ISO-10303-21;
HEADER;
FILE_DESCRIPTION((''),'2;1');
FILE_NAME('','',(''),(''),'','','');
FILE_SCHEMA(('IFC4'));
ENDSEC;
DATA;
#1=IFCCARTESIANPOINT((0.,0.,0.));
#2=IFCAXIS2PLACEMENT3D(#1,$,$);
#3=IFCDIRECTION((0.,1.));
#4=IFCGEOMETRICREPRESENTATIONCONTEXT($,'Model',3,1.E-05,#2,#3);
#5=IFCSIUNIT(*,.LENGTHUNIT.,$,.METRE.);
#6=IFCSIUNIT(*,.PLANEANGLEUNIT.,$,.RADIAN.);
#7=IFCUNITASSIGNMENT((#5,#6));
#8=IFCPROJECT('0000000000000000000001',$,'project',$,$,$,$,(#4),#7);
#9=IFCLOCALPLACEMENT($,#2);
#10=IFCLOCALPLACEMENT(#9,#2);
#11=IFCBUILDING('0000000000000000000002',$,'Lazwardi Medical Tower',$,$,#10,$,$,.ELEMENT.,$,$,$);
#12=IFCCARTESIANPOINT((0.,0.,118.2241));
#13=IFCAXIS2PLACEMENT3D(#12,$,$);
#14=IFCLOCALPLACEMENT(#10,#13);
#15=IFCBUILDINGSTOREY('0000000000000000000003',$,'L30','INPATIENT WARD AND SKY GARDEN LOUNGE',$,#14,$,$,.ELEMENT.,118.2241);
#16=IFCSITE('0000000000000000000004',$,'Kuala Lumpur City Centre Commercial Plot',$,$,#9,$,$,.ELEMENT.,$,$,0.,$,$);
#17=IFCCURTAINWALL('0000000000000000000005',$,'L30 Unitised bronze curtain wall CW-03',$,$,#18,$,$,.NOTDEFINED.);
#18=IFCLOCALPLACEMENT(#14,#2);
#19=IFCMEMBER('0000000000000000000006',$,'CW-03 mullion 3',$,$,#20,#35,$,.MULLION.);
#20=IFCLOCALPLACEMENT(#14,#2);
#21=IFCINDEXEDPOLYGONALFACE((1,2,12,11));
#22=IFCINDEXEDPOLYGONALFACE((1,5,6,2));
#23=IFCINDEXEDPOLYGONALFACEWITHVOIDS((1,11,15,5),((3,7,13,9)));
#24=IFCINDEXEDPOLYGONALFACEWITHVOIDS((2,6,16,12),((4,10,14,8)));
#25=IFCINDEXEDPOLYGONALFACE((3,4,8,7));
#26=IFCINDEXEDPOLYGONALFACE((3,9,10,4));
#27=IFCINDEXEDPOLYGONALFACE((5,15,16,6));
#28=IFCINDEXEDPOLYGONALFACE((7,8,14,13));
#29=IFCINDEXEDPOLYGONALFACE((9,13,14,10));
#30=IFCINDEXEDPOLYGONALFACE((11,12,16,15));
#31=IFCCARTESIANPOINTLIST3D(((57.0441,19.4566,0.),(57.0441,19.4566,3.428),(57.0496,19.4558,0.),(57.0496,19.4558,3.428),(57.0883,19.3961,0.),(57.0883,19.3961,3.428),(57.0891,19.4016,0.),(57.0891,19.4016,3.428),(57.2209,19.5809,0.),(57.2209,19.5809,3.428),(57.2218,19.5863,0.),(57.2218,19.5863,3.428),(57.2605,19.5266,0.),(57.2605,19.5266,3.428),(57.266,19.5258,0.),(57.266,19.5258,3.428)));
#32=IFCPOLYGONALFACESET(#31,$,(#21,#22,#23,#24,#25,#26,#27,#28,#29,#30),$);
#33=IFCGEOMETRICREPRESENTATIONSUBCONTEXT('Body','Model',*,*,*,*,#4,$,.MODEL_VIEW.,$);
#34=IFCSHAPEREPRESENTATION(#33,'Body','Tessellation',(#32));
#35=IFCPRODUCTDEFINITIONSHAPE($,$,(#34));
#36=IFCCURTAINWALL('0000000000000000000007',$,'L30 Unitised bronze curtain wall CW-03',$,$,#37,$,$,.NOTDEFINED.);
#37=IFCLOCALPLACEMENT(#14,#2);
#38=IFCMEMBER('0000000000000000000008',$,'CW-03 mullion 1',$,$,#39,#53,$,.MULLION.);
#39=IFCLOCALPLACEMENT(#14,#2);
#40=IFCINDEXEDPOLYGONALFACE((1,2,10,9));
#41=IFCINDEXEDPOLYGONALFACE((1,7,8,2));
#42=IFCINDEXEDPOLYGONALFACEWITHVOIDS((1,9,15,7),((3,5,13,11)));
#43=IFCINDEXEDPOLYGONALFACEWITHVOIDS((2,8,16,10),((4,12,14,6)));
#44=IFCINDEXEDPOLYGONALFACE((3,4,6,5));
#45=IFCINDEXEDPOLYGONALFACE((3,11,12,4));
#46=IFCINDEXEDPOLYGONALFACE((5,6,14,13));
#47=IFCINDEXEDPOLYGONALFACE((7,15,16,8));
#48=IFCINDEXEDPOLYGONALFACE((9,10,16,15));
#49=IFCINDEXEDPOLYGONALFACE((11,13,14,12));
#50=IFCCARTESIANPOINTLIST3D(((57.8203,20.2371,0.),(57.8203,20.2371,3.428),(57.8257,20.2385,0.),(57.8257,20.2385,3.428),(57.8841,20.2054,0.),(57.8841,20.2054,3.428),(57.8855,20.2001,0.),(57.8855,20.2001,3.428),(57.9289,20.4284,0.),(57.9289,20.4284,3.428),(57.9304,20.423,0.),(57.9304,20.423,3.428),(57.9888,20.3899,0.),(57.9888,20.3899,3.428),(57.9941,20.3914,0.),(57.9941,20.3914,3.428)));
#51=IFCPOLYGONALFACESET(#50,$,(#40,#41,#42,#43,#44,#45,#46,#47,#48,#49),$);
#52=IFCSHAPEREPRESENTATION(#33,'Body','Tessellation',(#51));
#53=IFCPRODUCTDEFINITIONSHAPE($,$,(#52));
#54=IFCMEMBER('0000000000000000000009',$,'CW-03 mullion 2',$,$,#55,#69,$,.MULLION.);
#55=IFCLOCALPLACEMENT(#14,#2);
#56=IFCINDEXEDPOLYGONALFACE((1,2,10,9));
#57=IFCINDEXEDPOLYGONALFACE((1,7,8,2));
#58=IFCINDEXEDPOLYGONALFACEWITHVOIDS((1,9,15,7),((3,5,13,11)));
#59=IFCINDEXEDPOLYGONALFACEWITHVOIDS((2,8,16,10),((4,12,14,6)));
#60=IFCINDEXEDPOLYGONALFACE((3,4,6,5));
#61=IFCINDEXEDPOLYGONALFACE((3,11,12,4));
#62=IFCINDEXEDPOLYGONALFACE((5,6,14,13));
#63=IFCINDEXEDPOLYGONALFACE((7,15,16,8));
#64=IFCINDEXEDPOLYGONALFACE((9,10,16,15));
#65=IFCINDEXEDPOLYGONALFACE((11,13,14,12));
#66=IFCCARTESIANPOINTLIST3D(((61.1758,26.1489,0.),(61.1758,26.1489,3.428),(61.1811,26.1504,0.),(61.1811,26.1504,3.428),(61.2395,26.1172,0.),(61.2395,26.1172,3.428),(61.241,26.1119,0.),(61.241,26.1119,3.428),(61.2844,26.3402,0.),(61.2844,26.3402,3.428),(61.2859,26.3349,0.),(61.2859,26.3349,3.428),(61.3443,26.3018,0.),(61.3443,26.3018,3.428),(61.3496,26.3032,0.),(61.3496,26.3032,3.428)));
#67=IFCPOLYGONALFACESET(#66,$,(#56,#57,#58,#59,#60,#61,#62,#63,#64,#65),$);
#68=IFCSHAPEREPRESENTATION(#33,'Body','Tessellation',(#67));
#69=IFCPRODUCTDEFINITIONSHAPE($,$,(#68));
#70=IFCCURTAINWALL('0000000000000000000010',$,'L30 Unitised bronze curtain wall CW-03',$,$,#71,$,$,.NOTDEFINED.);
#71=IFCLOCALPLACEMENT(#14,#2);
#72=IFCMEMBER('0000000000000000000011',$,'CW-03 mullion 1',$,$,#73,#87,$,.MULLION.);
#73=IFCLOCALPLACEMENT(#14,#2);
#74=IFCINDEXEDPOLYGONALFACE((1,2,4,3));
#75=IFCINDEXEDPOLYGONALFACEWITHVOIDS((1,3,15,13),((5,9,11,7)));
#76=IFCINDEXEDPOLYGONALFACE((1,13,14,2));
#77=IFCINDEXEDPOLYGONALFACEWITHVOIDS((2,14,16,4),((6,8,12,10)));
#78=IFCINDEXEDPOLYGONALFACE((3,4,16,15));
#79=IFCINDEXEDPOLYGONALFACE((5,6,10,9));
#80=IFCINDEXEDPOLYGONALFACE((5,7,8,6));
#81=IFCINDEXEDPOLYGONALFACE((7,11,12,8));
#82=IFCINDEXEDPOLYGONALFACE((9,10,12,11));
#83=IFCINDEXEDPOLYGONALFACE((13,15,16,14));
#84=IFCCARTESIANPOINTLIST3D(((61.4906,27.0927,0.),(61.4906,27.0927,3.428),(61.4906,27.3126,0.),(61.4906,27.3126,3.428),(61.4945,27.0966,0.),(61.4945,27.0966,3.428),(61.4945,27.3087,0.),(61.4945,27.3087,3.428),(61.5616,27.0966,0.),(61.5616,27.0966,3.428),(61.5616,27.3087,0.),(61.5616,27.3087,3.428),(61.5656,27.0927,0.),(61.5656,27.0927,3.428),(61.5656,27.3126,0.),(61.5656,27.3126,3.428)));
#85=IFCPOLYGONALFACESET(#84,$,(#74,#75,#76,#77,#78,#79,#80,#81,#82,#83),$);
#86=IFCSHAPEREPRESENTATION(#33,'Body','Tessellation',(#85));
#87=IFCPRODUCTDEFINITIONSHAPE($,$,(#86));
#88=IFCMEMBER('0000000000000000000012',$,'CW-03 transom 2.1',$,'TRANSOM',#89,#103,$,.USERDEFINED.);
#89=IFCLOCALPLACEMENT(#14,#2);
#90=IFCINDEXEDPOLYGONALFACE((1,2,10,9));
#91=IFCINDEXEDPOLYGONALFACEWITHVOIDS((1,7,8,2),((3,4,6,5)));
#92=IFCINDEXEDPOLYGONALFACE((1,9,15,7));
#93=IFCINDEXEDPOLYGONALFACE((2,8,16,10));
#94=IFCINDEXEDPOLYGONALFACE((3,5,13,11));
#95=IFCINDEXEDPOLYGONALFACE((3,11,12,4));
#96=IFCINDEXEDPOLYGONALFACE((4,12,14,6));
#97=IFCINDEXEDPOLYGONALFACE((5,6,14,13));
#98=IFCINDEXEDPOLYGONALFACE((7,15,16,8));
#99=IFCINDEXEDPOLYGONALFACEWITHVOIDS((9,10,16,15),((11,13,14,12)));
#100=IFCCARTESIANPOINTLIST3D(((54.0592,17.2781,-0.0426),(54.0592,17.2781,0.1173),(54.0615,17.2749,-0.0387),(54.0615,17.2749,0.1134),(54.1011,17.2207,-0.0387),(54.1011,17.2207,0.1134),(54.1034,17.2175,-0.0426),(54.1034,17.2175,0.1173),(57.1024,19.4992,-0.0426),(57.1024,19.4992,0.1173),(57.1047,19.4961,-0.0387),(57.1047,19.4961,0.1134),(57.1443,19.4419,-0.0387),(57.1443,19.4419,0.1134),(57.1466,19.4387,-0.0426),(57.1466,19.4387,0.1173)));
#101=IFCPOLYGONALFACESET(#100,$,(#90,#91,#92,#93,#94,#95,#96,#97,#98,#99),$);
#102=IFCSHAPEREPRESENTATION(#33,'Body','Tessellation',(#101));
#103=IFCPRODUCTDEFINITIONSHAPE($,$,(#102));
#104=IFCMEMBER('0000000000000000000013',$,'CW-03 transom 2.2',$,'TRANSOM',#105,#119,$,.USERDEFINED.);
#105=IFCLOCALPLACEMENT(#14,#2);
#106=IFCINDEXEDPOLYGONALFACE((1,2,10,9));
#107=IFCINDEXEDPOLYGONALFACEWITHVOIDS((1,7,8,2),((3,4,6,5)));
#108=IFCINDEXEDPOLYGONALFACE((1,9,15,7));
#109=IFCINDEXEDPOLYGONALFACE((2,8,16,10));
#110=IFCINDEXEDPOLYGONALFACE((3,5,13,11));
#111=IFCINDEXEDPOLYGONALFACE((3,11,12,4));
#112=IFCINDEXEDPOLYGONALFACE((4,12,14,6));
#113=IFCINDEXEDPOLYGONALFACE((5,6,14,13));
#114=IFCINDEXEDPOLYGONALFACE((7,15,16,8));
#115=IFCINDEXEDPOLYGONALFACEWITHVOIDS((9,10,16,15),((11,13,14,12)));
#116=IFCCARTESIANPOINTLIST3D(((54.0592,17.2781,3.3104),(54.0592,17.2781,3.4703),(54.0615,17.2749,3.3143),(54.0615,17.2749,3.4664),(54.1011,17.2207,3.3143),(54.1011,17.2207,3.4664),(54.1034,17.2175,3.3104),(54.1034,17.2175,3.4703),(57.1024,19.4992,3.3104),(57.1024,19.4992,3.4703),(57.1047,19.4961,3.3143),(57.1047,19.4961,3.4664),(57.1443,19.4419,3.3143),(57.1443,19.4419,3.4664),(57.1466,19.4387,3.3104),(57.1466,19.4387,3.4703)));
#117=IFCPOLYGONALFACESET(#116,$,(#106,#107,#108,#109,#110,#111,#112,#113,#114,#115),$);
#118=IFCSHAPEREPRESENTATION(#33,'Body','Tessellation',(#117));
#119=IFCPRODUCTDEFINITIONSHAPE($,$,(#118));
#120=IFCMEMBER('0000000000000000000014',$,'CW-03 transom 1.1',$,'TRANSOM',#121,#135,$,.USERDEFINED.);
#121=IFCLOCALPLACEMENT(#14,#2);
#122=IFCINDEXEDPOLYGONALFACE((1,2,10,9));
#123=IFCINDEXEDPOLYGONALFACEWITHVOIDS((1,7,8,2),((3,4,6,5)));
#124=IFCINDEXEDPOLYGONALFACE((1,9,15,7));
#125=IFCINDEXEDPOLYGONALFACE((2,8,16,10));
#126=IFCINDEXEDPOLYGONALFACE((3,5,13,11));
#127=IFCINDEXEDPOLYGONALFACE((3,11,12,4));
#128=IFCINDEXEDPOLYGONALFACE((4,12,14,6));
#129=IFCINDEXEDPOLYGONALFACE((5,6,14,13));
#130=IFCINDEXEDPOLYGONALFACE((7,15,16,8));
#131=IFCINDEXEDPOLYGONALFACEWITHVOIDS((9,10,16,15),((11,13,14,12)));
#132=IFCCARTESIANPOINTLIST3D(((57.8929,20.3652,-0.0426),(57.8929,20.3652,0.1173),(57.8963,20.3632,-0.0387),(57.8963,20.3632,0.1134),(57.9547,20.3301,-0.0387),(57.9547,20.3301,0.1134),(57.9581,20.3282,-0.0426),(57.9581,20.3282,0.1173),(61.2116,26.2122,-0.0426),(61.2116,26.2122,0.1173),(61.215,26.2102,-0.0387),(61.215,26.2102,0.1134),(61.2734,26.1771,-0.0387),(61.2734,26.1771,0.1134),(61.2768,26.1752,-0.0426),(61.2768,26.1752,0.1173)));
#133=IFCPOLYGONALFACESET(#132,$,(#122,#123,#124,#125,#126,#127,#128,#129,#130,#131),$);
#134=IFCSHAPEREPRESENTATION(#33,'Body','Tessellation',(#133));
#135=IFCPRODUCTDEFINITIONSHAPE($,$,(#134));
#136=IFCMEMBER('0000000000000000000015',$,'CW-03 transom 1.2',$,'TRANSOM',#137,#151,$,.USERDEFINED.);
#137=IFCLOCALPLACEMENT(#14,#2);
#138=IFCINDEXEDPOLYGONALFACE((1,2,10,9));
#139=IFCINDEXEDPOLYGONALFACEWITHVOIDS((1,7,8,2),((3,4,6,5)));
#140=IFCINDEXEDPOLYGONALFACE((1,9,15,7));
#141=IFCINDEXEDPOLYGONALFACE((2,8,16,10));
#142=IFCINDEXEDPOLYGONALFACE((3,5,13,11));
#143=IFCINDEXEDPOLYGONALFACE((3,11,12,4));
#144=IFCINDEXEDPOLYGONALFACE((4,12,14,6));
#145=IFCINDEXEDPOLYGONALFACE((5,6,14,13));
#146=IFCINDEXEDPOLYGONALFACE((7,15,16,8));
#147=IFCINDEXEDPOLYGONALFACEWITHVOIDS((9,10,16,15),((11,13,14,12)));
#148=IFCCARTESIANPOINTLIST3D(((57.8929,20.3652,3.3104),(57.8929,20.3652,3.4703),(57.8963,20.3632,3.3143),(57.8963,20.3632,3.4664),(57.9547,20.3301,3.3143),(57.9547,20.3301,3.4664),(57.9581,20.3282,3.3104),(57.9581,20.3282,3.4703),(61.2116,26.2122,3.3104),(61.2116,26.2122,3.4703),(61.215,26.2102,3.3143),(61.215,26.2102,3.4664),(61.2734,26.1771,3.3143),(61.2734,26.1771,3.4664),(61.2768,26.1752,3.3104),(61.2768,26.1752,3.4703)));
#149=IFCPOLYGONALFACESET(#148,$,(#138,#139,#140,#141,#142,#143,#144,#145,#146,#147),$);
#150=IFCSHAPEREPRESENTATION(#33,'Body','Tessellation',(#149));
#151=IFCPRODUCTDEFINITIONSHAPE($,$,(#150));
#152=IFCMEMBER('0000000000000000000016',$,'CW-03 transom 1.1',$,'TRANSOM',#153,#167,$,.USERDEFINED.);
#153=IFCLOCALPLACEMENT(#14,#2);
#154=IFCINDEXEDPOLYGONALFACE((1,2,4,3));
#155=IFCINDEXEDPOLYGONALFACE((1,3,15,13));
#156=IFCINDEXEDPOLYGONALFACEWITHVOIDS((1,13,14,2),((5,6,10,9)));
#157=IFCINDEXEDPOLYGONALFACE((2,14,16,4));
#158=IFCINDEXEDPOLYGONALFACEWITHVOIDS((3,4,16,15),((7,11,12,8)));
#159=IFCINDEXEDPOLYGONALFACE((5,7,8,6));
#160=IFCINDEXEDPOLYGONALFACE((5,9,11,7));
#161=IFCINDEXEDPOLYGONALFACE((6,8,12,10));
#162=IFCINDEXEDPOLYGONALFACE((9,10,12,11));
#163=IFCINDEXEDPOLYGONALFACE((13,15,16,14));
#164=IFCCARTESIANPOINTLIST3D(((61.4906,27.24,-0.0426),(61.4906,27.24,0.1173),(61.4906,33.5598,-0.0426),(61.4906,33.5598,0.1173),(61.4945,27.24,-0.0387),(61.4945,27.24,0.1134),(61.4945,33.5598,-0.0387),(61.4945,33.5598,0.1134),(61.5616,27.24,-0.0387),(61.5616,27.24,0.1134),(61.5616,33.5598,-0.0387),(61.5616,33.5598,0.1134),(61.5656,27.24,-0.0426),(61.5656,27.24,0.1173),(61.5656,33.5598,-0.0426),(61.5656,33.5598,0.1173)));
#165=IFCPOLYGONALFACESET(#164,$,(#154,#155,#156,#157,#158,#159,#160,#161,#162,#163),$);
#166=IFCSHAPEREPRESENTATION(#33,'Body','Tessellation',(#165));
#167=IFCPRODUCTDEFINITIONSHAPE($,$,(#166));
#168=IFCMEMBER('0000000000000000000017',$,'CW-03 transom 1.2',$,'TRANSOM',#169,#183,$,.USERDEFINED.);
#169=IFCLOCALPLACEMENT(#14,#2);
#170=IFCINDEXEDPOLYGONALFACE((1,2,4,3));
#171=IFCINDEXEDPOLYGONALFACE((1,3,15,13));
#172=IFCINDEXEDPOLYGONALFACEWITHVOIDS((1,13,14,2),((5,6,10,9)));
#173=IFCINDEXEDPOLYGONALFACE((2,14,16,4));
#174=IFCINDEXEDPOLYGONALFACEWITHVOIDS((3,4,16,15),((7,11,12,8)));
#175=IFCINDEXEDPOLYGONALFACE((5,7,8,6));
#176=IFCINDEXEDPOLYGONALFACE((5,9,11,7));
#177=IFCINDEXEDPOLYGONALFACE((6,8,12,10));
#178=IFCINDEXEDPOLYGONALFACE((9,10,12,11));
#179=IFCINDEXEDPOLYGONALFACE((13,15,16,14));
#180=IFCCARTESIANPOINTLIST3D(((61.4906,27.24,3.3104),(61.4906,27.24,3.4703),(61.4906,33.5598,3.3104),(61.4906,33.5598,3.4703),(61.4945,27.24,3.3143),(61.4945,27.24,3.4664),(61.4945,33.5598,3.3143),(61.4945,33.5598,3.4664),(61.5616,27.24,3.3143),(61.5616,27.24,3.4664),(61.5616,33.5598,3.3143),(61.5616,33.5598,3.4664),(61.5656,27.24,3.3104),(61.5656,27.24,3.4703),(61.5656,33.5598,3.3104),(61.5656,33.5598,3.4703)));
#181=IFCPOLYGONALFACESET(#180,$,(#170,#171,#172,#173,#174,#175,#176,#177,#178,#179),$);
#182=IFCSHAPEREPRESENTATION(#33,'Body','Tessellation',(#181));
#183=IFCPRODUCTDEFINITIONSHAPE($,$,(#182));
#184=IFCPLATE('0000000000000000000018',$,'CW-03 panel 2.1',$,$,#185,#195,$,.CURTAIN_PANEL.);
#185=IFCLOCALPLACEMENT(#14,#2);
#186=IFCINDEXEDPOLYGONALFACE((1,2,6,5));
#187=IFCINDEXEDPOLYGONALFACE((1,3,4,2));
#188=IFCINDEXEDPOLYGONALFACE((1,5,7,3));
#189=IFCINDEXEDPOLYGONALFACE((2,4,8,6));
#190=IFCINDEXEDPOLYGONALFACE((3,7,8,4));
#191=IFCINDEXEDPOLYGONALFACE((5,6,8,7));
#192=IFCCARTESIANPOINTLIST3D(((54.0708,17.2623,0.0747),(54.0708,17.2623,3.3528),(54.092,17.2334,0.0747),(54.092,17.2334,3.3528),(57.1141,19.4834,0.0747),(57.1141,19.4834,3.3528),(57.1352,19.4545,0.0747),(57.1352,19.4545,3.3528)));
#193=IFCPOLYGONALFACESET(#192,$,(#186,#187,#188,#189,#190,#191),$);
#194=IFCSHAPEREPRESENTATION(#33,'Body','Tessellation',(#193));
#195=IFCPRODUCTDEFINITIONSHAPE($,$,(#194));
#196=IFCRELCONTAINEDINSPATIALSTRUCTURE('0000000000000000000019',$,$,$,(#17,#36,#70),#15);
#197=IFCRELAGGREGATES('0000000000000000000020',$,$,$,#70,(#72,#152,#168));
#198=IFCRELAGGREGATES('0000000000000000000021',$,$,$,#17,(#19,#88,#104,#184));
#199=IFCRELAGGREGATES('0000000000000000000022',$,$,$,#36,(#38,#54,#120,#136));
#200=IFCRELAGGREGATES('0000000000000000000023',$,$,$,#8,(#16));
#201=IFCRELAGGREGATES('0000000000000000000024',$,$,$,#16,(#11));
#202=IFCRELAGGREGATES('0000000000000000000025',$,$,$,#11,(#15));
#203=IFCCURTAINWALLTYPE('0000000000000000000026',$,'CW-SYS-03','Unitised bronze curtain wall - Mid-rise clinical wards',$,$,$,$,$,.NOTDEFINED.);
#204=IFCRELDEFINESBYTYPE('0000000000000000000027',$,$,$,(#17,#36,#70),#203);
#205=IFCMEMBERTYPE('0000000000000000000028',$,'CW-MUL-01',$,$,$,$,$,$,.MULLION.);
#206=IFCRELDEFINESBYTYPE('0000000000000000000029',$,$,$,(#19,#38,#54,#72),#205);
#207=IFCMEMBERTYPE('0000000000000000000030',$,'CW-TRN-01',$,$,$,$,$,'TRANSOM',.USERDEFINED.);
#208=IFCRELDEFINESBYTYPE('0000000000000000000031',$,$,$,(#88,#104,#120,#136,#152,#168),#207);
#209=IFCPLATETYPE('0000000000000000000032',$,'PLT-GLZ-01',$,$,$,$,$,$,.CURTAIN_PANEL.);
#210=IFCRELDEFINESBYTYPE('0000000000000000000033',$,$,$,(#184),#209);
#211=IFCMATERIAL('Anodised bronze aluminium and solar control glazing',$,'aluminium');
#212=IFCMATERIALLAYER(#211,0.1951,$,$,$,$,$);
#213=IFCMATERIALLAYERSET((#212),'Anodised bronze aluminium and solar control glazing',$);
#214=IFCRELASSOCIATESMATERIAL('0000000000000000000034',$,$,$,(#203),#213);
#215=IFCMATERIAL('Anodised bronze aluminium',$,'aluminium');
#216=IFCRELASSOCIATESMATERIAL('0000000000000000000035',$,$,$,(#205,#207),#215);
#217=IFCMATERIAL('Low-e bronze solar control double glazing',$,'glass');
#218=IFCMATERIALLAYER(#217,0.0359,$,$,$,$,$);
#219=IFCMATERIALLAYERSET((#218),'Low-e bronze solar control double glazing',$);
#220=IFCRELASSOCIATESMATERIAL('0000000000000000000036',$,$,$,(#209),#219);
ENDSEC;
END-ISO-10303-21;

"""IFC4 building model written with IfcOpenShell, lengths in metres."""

from ifc_helpers import new_model, si_unit, direction, frame, origin, origin_2d, place, context, subcontext, project, spatial, rectangle, hollow_rectangle, extrude, material, layer, layer_set, material_profile, profile_set, type_object, element, aggregate, save


model = new_model("IFC4")

# Units and contexts
model_context = context("Model", 3, precision=1e-05, world=origin(), true_north=direction((0.0, 1.0)))
body_context = subcontext(model_context, "Body", "Model", "MODEL_VIEW")
ifc_project = project(units=[si_unit("LENGTHUNIT", "METRE"), si_unit("PLANEANGLEUNIT", "RADIAN")], contexts=[model_context])

# Site, building, storey
site_placement = place(None, origin())
site = spatial("IfcSite", under=ifc_project, at=site_placement, Name="Kuala Lumpur City Centre Commercial Plot", CompositionType="ELEMENT", RefElevation=0.0)
building_placement = place(site_placement, origin())
building = spatial("IfcBuilding", under=site, at=building_placement, Name="Lazwardi Medical Tower", CompositionType="ELEMENT")
storey_placement = place(building_placement, frame((0.0, 0.0, 118.2241)))
storey = spatial("IfcBuildingStorey", under=building, at=storey_placement, Name="L30", Description="INPATIENT WARD AND SKY GARDEN LOUNGE", CompositionType="ELEMENT", Elevation=118.2241)

# Curtain wall, member
ifc_material_1 = material(Name="Anodised bronze aluminium and solar control glazing", Category="aluminium")
ifc_layer_1 = layer(ifc_material_1, 0.1951)
ifc_layer_set_1 = layer_set([ifc_layer_1], Name="Anodised bronze aluminium and solar control glazing")
curtain_wall_type = type_object("IfcCurtainWallType", Name="CW-SYS-03", Description="Unitised bronze curtain wall - Mid-rise clinical wards", PredefinedType="NOTDEFINED", material=ifc_layer_set_1)
curtain_wall_1_placement = place(storey_placement, origin())
curtain_wall_1 = element("IfcCurtainWall", 1, at=curtain_wall_1_placement, inside=storey, type_object=curtain_wall_type, Name="L30 Unitised bronze curtain wall CW-03", PredefinedType="NOTDEFINED")
ifc_material_2 = material(Name="Anodised bronze aluminium", Category="aluminium")
ifc_material_profile_1 = material_profile(ifc_material_2, hollow_rectangle(XDim=0.075, YDim=0.22, WallThickness=0.0039, at=origin_2d()), Name="ALU-MULLION 220x75x4")
ifc_profile_set_1 = profile_set([ifc_material_profile_1], Name="Anodised bronze aluminium")
member_type_1 = type_object("IfcMemberType", Name="CW-MUL-01", PredefinedType="MULLION", material=ifc_profile_set_1)
member_1_placement = place(storey_placement, frame((57.155, 19.4912, 0.0), z_axis=(0.0, 0.0, 1.0), x_axis=(-0.589531, 0.807746, 0.0)))
member_1 = element("IfcMember", 2, at=member_1_placement, type_object=member_type_1, Name="CW-03 mullion 3", PredefinedType="MULLION", context=body_context, shape_type="SweptSolid", body=[
    extrude(hollow_rectangle(XDim=0.075, YDim=0.22, WallThickness=0.0039, at=origin_2d()), origin(), (0.0, 0.0, 1.0), 3.428),
])

# Curtain wall, members
curtain_wall_2_placement = place(storey_placement, origin())
curtain_wall_2 = element("IfcCurtainWall", 3, at=curtain_wall_2_placement, inside=storey, type_object=curtain_wall_type, Name="L30 Unitised bronze curtain wall CW-03", PredefinedType="NOTDEFINED")
member_2_placement = place(storey_placement, frame((57.9072, 20.3142, 0.0), z_axis=(0.0, 0.0, 1.0), x_axis=(-0.869687, 0.493603, 0.0)))
member_2 = element("IfcMember", 4, at=member_2_placement, type_object=member_type_1, Name="CW-03 mullion 1", PredefinedType="MULLION", context=body_context, shape_type="SweptSolid", body=[
    extrude(hollow_rectangle(XDim=0.075, YDim=0.22, WallThickness=0.0039, at=origin_2d()), origin(), (0.0, 0.0, 1.0), 3.428),
])
member_3_placement = place(storey_placement, frame((61.2627, 26.2261, 0.0), z_axis=(0.0, 0.0, 1.0), x_axis=(-0.869687, 0.493603, 0.0)))
member_3 = element("IfcMember", 5, at=member_3_placement, type_object=member_type_1, Name="CW-03 mullion 2", PredefinedType="MULLION", context=body_context, shape_type="SweptSolid", body=[
    extrude(hollow_rectangle(XDim=0.075, YDim=0.22, WallThickness=0.0039, at=origin_2d()), origin(), (0.0, 0.0, 1.0), 3.428),
])

# Curtain wall, member
curtain_wall_3_placement = place(storey_placement, origin())
curtain_wall_3 = element("IfcCurtainWall", 6, at=curtain_wall_3_placement, inside=storey, type_object=curtain_wall_type, Name="L30 Unitised bronze curtain wall CW-03", PredefinedType="NOTDEFINED")
member_4_placement = place(storey_placement, frame((61.5281, 27.2026, 0.0), z_axis=(0.0, 0.0, 1.0), x_axis=(-1.0, 0.0, 0.0)))
member_4 = element("IfcMember", 7, at=member_4_placement, type_object=member_type_1, Name="CW-03 mullion 1", PredefinedType="MULLION", context=body_context, shape_type="SweptSolid", body=[
    extrude(hollow_rectangle(XDim=0.075, YDim=0.22, WallThickness=0.0039, at=origin_2d()), origin(), (0.0, 0.0, 1.0), 3.428),
])

# Members
ifc_material_profile_2 = material_profile(ifc_material_2, hollow_rectangle(XDim=0.075, YDim=0.1599, WallThickness=0.0039, at=origin_2d()), Name="ALU-TRANSOM 160x75x4")
ifc_profile_set_2 = profile_set([ifc_material_profile_2], Name="Anodised bronze aluminium")
member_type_2 = type_object("IfcMemberType", Name="CW-TRN-01", ElementType="TRANSOM", PredefinedType="USERDEFINED", material=ifc_profile_set_2)
member_5_placement = place(storey_placement, frame((54.0813, 17.2478, 0.0374), z_axis=(0.807732, 0.58955, 0.0), x_axis=(-0.58955, 0.807732, 0.0)))
member_5 = element("IfcMember", 8, at=member_5_placement, type_object=member_type_2, Name="CW-03 transom 2.1", ObjectType="TRANSOM", PredefinedType="USERDEFINED", context=body_context, shape_type="SweptSolid", body=[
    extrude(hollow_rectangle(XDim=0.075, YDim=0.1599, WallThickness=0.0039, at=origin_2d()), origin(), (0.0, 0.0, 1.0), 3.7676),
])
member_6_placement = place(storey_placement, frame((54.0813, 17.2478, 3.3904), z_axis=(0.807732, 0.58955, 0.0), x_axis=(-0.58955, 0.807732, 0.0)))
member_6 = element("IfcMember", 9, at=member_6_placement, type_object=member_type_2, Name="CW-03 transom 2.2", ObjectType="TRANSOM", PredefinedType="USERDEFINED", context=body_context, shape_type="SweptSolid", body=[
    extrude(hollow_rectangle(XDim=0.075, YDim=0.1599, WallThickness=0.0039, at=origin_2d()), origin(), (0.0, 0.0, 1.0), 3.7676),
])
member_7_placement = place(storey_placement, frame((57.9255, 20.3467, 0.0374), z_axis=(0.493614, 0.869681, 0.0), x_axis=(-0.869681, 0.493614, 0.0)))
member_7 = element("IfcMember", 10, at=member_7_placement, type_object=member_type_2, Name="CW-03 transom 1.1", ObjectType="TRANSOM", PredefinedType="USERDEFINED", context=body_context, shape_type="SweptSolid", body=[
    extrude(hollow_rectangle(XDim=0.075, YDim=0.1599, WallThickness=0.0039, at=origin_2d()), origin(), (0.0, 0.0, 1.0), 6.7231),
])
member_8_placement = place(storey_placement, frame((57.9255, 20.3467, 3.3904), z_axis=(0.493614, 0.869681, 0.0), x_axis=(-0.869681, 0.493614, 0.0)))
member_8 = element("IfcMember", 11, at=member_8_placement, type_object=member_type_2, Name="CW-03 transom 1.2", ObjectType="TRANSOM", PredefinedType="USERDEFINED", context=body_context, shape_type="SweptSolid", body=[
    extrude(hollow_rectangle(XDim=0.075, YDim=0.1599, WallThickness=0.0039, at=origin_2d()), origin(), (0.0, 0.0, 1.0), 6.7231),
])
member_9_placement = place(storey_placement, frame((61.5281, 27.24, 0.0374), z_axis=(0.0, 1.0, 0.0), x_axis=(-1.0, 0.0, 0.0)))
member_9 = element("IfcMember", 12, at=member_9_placement, type_object=member_type_2, Name="CW-03 transom 1.1", ObjectType="TRANSOM", PredefinedType="USERDEFINED", context=body_context, shape_type="SweptSolid", body=[
    extrude(hollow_rectangle(XDim=0.075, YDim=0.1599, WallThickness=0.0039, at=origin_2d()), origin(), (0.0, 0.0, 1.0), 6.3198),
])
member_10_placement = place(storey_placement, frame((61.5281, 27.24, 3.3904), z_axis=(0.0, 1.0, 0.0), x_axis=(-1.0, 0.0, 0.0)))
member_10 = element("IfcMember", 13, at=member_10_placement, type_object=member_type_2, Name="CW-03 transom 1.2", ObjectType="TRANSOM", PredefinedType="USERDEFINED", context=body_context, shape_type="SweptSolid", body=[
    extrude(hollow_rectangle(XDim=0.075, YDim=0.1599, WallThickness=0.0039, at=origin_2d()), origin(), (0.0, 0.0, 1.0), 6.3198),
])
aggregate(curtain_wall_3, [member_4, member_9, member_10])

# Plate
ifc_material_3 = material(Name="Low-e bronze solar control double glazing", Category="glass")
ifc_layer_2 = layer(ifc_material_3, 0.0359)
ifc_layer_set_2 = layer_set([ifc_layer_2], Name="Low-e bronze solar control double glazing")
plate_type = type_object("IfcPlateType", Name="PLT-GLZ-01", PredefinedType="CURTAIN_PANEL", material=ifc_layer_set_2)
plate_1_placement = place(storey_placement, frame((55.603, 18.3584, 0.0747), z_axis=(0.0, 0.0, 1.0), x_axis=(0.807746, 0.589531, 0.0)))
plate_1 = element("IfcPlate", 14, at=plate_1_placement, type_object=plate_type, Name="CW-03 panel 2.1", PredefinedType="CURTAIN_PANEL", context=body_context, shape_type="SweptSolid", body=[
    extrude(rectangle(XDim=3.7676, YDim=0.0359, at=origin_2d()), origin(), (0.0, 0.0, 1.0), 3.2781),
])
aggregate(curtain_wall_1, [member_1, member_5, member_6, plate_1])
aggregate(curtain_wall_2, [member_2, member_3, member_7, member_8])

save(model, "model.ifc")
